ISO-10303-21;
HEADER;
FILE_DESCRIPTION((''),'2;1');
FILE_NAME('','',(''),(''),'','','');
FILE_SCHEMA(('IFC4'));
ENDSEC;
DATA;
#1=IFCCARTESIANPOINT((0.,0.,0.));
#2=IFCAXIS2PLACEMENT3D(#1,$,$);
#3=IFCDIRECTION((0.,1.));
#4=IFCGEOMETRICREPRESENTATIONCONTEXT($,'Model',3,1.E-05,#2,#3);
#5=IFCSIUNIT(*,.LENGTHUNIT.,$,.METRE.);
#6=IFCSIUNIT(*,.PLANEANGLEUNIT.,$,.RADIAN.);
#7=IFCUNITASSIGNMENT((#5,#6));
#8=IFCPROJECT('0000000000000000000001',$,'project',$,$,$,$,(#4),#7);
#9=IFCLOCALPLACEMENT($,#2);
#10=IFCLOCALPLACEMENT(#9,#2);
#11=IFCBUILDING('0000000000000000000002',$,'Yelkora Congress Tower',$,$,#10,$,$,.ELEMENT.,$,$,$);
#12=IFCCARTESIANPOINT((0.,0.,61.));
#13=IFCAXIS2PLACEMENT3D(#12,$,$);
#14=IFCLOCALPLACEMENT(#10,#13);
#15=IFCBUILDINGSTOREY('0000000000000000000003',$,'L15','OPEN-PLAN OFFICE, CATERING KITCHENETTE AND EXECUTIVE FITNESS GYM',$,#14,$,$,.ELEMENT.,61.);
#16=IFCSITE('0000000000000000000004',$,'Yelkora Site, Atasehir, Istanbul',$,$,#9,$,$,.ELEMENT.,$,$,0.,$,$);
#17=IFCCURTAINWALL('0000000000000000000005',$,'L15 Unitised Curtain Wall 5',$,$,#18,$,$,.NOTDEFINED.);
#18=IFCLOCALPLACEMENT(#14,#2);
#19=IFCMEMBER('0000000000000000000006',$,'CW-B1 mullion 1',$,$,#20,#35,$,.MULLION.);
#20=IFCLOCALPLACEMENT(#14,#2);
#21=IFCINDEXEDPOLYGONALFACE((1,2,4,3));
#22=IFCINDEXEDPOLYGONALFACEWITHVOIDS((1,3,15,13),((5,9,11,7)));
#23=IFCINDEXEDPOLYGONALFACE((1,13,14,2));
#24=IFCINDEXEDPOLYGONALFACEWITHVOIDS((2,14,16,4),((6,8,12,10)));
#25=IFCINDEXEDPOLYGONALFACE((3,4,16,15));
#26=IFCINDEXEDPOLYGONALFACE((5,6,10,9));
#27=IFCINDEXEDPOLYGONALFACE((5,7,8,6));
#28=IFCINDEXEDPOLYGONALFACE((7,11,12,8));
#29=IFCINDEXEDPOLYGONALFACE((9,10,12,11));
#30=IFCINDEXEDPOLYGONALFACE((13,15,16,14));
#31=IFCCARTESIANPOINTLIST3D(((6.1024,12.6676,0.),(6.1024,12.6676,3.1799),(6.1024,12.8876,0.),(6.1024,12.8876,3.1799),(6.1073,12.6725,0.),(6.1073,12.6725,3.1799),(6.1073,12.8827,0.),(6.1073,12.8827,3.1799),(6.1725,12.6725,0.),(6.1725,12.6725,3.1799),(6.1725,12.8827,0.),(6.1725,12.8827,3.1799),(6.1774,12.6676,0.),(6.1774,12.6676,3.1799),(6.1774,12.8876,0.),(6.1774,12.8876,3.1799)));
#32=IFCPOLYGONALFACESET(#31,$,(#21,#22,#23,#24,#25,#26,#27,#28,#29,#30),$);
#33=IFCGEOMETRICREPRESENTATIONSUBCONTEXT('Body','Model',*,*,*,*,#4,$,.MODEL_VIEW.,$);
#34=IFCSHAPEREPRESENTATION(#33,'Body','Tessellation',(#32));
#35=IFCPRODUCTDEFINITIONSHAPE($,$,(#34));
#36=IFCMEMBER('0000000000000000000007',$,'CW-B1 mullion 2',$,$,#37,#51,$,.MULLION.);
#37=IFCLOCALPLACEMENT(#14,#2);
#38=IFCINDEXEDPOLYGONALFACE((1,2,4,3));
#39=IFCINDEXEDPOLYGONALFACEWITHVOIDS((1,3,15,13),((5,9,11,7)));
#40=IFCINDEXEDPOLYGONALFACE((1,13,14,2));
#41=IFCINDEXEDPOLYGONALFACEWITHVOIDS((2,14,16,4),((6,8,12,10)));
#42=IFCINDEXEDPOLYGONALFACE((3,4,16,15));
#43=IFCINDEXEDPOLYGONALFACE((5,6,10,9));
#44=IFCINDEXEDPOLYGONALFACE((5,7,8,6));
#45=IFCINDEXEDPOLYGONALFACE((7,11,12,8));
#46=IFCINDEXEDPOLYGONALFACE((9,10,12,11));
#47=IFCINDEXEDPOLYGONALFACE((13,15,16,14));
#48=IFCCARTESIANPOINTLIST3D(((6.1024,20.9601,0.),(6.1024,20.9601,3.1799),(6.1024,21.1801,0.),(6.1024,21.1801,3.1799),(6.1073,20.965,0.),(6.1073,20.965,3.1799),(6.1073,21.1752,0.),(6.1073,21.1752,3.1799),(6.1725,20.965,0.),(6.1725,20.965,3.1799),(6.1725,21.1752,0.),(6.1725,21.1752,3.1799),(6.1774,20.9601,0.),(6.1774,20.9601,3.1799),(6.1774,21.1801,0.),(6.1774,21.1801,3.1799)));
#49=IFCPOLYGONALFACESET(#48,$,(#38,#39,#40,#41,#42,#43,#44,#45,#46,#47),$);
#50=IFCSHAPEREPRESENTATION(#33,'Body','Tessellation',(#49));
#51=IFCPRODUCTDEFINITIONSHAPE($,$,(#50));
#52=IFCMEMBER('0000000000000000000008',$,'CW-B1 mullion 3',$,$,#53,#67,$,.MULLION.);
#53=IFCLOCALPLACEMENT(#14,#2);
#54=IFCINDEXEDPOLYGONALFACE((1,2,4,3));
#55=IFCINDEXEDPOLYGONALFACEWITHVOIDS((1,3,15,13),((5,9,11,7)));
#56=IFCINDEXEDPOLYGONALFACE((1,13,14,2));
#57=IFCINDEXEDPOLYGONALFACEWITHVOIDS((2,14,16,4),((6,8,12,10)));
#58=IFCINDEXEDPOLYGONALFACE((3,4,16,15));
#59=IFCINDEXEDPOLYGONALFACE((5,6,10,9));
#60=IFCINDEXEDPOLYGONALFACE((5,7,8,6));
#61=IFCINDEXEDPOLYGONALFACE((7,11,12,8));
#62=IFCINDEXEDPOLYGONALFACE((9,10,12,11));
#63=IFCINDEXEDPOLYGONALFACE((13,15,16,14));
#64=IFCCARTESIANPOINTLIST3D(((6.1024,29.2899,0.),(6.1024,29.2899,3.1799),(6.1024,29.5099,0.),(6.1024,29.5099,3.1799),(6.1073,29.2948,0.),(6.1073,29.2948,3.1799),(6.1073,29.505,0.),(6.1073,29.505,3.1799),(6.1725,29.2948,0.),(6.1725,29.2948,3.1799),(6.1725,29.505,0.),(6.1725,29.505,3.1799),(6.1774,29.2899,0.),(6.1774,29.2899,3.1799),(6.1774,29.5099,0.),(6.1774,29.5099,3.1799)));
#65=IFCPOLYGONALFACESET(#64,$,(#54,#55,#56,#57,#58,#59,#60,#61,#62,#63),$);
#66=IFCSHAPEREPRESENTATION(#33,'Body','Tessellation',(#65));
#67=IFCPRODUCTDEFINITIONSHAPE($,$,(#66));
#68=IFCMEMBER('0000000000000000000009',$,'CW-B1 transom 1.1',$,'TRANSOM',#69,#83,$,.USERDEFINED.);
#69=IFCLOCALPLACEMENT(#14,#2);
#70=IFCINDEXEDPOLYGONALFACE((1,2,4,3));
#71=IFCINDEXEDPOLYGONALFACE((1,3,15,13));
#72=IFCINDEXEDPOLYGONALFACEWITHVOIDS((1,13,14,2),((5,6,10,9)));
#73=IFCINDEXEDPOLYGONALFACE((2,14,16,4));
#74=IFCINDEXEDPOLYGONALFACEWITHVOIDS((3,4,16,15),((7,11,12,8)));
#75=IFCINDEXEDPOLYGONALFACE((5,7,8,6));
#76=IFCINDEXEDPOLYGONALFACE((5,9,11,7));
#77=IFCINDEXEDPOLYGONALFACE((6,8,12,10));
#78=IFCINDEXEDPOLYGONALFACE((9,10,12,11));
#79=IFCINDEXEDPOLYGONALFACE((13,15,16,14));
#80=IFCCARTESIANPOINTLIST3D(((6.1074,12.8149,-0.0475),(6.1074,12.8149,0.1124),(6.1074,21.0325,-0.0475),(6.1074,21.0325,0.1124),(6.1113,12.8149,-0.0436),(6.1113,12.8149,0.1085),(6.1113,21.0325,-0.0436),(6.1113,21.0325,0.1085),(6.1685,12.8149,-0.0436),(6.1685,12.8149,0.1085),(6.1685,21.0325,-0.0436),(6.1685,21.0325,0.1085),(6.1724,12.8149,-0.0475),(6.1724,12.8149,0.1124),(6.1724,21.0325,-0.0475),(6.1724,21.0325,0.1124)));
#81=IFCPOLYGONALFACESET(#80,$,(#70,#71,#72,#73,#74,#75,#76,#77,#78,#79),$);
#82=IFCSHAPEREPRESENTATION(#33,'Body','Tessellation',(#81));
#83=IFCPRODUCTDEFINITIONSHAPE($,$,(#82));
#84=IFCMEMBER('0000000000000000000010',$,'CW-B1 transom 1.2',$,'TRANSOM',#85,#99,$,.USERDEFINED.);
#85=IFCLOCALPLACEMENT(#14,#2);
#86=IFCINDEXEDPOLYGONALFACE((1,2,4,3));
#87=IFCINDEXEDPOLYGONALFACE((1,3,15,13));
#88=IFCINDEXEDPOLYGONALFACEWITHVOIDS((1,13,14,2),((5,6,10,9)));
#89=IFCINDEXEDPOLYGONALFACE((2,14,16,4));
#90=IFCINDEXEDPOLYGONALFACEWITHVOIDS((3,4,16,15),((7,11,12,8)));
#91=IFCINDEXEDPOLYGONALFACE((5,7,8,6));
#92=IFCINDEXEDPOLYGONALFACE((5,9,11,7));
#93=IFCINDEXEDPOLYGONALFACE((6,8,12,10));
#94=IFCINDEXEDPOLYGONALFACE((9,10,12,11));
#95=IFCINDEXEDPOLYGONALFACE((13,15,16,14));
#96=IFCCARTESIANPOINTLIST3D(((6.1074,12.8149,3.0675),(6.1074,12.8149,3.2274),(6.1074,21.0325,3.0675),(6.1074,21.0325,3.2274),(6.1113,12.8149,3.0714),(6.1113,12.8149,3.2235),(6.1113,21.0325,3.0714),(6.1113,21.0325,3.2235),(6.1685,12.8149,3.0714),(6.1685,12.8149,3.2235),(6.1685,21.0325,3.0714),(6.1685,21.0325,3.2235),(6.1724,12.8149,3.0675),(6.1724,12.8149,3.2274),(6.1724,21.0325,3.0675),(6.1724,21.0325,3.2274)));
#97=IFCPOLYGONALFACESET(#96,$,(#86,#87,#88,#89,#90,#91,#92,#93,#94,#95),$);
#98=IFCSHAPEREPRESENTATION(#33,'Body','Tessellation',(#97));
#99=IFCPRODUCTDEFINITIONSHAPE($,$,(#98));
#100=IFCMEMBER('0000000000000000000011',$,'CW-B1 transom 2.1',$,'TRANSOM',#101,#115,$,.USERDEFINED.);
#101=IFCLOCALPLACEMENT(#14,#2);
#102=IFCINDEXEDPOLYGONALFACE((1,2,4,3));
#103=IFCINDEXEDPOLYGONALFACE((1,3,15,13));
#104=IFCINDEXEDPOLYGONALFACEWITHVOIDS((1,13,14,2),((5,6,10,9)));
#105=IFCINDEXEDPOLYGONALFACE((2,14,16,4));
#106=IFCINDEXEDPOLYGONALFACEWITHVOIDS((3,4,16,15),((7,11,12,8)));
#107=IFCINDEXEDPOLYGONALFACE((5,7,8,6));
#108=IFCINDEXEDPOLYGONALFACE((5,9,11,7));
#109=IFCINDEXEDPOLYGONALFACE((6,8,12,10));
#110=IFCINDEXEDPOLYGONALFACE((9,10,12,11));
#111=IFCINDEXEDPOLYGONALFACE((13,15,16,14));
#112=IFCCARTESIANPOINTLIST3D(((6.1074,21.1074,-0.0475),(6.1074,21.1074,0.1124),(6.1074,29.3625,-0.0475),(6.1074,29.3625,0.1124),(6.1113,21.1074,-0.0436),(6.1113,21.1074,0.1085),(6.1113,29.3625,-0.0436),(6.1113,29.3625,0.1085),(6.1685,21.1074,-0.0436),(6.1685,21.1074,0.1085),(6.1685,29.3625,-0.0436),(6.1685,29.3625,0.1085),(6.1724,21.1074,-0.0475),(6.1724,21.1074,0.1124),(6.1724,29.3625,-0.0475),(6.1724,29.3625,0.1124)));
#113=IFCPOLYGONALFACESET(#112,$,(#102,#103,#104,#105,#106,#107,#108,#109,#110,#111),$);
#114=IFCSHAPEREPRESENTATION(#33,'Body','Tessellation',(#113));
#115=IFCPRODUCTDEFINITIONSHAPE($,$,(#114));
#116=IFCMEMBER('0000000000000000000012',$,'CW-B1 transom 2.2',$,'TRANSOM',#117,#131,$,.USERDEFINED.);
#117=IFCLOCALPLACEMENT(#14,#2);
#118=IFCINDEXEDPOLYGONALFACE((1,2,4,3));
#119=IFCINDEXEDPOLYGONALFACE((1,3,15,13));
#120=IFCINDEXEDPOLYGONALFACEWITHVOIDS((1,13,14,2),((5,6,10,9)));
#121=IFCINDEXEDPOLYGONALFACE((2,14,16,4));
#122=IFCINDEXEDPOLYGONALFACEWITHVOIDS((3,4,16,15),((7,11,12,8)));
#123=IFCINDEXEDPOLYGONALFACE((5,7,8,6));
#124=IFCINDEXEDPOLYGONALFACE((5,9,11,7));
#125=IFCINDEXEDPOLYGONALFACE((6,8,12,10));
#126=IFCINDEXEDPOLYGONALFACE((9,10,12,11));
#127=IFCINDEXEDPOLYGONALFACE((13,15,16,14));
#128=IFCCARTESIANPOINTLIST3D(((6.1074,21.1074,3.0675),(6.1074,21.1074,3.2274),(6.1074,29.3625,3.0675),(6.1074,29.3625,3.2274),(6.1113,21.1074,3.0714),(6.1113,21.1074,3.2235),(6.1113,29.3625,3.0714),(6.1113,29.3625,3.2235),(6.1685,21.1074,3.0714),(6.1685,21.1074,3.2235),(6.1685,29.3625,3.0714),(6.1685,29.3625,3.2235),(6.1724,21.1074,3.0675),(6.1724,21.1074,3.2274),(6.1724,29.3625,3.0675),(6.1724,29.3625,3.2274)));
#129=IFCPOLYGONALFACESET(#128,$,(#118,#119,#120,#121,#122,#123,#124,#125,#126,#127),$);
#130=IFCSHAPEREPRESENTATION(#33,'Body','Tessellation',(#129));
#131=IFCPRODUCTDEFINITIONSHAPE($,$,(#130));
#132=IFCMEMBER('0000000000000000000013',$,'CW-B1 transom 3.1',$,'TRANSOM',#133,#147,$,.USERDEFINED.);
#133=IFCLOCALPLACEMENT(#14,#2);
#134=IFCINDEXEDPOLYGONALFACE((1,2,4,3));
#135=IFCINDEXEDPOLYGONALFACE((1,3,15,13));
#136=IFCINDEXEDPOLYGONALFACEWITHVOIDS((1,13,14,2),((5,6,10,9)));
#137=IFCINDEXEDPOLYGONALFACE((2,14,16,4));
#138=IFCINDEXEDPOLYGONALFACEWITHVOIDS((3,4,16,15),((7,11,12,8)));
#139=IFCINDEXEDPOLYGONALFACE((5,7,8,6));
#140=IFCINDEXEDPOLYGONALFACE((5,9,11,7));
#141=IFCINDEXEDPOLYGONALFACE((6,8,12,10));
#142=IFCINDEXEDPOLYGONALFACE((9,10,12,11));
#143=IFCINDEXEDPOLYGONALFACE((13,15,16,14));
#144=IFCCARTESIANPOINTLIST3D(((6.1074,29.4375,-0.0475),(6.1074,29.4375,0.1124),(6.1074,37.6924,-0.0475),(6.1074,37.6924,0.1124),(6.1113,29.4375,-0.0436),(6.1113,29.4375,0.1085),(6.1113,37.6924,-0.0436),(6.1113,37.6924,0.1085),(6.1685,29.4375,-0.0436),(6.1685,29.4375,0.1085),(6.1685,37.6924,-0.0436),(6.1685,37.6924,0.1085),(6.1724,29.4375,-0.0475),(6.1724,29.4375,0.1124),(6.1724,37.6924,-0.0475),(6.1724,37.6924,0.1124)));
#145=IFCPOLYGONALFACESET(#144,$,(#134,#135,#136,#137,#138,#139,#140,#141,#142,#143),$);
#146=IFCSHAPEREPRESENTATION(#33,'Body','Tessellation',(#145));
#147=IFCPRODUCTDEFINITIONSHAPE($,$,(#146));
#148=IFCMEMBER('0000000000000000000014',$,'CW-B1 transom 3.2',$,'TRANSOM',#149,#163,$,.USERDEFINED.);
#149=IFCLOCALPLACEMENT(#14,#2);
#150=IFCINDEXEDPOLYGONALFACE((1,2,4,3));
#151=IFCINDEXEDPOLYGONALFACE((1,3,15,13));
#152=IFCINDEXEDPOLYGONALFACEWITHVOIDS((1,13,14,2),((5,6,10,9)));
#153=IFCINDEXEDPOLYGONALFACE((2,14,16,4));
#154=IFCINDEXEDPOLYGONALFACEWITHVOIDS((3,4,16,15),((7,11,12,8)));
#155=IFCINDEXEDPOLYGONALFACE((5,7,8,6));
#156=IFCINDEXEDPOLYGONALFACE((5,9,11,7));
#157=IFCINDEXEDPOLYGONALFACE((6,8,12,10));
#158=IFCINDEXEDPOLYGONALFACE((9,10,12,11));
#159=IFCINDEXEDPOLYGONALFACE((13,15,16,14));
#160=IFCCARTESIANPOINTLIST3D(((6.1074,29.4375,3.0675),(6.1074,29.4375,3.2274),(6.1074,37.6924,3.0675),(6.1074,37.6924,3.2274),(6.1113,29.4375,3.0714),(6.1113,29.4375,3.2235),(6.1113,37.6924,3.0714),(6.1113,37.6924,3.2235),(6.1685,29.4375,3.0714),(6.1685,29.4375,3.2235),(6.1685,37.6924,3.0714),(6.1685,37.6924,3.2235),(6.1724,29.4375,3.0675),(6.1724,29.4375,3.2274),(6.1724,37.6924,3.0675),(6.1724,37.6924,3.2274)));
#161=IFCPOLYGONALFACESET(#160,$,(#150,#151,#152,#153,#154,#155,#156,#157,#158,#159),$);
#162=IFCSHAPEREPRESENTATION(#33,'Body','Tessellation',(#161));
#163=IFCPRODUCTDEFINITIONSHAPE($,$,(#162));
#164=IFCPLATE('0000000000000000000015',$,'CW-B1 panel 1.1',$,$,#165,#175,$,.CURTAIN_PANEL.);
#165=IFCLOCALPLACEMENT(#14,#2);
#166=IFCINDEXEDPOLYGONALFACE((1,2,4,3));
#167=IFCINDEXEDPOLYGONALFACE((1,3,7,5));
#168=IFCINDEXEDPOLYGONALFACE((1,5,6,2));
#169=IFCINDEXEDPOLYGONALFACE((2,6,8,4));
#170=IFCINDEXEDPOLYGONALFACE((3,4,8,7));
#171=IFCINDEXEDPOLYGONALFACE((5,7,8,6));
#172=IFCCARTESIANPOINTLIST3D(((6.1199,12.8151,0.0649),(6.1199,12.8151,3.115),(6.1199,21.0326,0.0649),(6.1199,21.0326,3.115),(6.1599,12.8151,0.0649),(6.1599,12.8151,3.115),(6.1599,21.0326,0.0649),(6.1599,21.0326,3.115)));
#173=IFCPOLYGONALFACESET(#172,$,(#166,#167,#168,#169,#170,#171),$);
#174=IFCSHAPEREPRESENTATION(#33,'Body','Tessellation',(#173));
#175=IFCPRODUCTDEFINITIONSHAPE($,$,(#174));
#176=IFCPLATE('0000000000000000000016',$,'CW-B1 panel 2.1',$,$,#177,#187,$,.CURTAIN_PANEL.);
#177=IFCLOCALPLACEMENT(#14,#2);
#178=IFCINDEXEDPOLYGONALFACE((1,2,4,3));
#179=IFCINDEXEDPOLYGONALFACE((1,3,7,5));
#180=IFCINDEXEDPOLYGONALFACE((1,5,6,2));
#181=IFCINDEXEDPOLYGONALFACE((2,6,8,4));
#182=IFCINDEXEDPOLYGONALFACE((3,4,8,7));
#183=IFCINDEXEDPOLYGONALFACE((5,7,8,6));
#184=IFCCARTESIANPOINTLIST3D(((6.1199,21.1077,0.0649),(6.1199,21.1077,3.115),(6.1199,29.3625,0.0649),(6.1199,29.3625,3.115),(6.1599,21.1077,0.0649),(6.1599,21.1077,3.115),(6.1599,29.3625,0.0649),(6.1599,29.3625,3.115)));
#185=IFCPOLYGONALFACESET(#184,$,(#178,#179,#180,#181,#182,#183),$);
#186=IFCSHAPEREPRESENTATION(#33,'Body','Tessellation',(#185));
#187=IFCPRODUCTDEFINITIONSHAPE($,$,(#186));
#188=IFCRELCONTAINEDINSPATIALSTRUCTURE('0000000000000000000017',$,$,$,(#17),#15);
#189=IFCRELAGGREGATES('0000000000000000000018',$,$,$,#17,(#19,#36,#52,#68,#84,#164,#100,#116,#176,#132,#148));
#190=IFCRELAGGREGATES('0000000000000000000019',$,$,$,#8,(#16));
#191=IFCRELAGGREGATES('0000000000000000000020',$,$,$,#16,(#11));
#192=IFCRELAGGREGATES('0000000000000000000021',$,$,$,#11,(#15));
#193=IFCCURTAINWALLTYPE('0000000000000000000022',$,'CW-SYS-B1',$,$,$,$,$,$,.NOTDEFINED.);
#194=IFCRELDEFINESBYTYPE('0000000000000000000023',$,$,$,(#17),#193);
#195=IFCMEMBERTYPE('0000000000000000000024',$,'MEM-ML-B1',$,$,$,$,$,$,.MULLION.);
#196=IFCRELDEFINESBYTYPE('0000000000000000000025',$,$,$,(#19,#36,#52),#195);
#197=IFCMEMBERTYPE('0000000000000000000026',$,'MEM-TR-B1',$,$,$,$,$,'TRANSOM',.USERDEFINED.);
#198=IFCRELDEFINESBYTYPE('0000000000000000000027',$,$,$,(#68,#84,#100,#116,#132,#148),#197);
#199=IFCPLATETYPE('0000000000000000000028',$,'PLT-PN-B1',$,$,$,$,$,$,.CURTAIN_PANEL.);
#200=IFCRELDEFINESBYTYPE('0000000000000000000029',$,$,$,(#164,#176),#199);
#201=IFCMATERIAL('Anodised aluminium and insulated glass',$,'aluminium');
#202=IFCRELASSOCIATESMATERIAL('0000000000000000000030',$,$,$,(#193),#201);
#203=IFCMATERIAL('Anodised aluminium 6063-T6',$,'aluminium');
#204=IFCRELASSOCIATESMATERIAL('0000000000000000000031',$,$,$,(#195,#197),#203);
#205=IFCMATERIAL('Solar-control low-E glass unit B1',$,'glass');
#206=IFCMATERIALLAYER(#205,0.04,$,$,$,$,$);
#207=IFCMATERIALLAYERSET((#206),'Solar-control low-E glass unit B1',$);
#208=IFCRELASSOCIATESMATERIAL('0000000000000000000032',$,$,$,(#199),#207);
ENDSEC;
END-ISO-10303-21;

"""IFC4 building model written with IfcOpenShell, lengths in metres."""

from ifc_helpers import new_model, si_unit, direction, frame, origin, origin_2d, place, context, subcontext, project, spatial, rectangle, hollow_rectangle, extrude, material, layer, layer_set, material_profile, profile_set, type_object, element, aggregate, save


model = new_model("IFC4")

# Units and contexts
model_context = context("Model", 3, precision=1e-05, world=origin(), true_north=direction((0.0, 1.0)))
body_context = subcontext(model_context, "Body", "Model", "MODEL_VIEW")
ifc_project = project(units=[si_unit("LENGTHUNIT", "METRE"), si_unit("PLANEANGLEUNIT", "RADIAN")], contexts=[model_context])

# Site, building, storey
site_placement = place(None, origin())
site = spatial("IfcSite", under=ifc_project, at=site_placement, Name="Yelkora Site, Atasehir, Istanbul", CompositionType="ELEMENT", RefElevation=0.0)
building_placement = place(site_placement, origin())
building = spatial("IfcBuilding", under=site, at=building_placement, Name="Yelkora Congress Tower", CompositionType="ELEMENT")
storey_placement = place(building_placement, frame((0.0, 0.0, 61.0)))
storey = spatial("IfcBuildingStorey", under=building, at=storey_placement, Name="L15", Description="OPEN-PLAN OFFICE, CATERING KITCHENETTE AND EXECUTIVE FITNESS GYM", CompositionType="ELEMENT", Elevation=61.0)

# Curtain wall, members, plates
ifc_material_1 = material(Name="Anodised aluminium and insulated glass", Category="aluminium")
curtain_wall_type = type_object("IfcCurtainWallType", Name="CW-SYS-B1", PredefinedType="NOTDEFINED", material=ifc_material_1)
curtain_wall_placement = place(storey_placement, origin())
curtain_wall = element("IfcCurtainWall", 1, at=curtain_wall_placement, inside=storey, type_object=curtain_wall_type, Name="L15 Unitised Curtain Wall 5", PredefinedType="NOTDEFINED")
ifc_material_2 = material(Name="Anodised aluminium 6063-T6", Category="aluminium")
ifc_material_profile_1 = material_profile(ifc_material_2, hollow_rectangle(XDim=0.075, YDim=0.22, WallThickness=0.0049, at=origin_2d()), Name="ALU 75x220x5")
ifc_profile_set_1 = profile_set([ifc_material_profile_1], Name="Anodised aluminium 6063-T6")
member_type_1 = type_object("IfcMemberType", Name="MEM-ML-B1", PredefinedType="MULLION", material=ifc_profile_set_1)
member_1_placement = place(storey_placement, frame((6.1399, 12.7776, 0.0), z_axis=(0.0, 0.0, 1.0), x_axis=(-1.0, 0.0, 0.0)))
member_1 = element("IfcMember", 2, at=member_1_placement, type_object=member_type_1, Name="CW-B1 mullion 1", PredefinedType="MULLION", context=body_context, shape_type="SweptSolid", body=[
    extrude(hollow_rectangle(XDim=0.075, YDim=0.22, WallThickness=0.0049, at=origin_2d()), origin(), (0.0, 0.0, 1.0), 3.1799),
])
member_2_placement = place(storey_placement, frame((6.1399, 21.0701, 0.0), z_axis=(0.0, 0.0, 1.0), x_axis=(-1.0, 0.0, 0.0)))
member_2 = element("IfcMember", 3, at=member_2_placement, type_object=member_type_1, Name="CW-B1 mullion 2", PredefinedType="MULLION", context=body_context, shape_type="SweptSolid", body=[
    extrude(hollow_rectangle(XDim=0.075, YDim=0.22, WallThickness=0.0049, at=origin_2d()), origin(), (0.0, 0.0, 1.0), 3.1799),
])
member_3_placement = place(storey_placement, frame((6.1399, 29.3999, 0.0), z_axis=(0.0, 0.0, 1.0), x_axis=(-1.0, 0.0, 0.0)))
member_3 = element("IfcMember", 4, at=member_3_placement, type_object=member_type_1, Name="CW-B1 mullion 3", PredefinedType="MULLION", context=body_context, shape_type="SweptSolid", body=[
    extrude(hollow_rectangle(XDim=0.075, YDim=0.22, WallThickness=0.0049, at=origin_2d()), origin(), (0.0, 0.0, 1.0), 3.1799),
])
ifc_material_profile_2 = material_profile(ifc_material_2, hollow_rectangle(XDim=0.0649, YDim=0.1599, WallThickness=0.0039, at=origin_2d()), Name="ALU 65x160x4")
ifc_profile_set_2 = profile_set([ifc_material_profile_2], Name="Anodised aluminium 6063-T6")
member_type_2 = type_object("IfcMemberType", Name="MEM-TR-B1", ElementType="TRANSOM", PredefinedType="USERDEFINED", material=ifc_profile_set_2)
member_4_placement = place(storey_placement, frame((6.1399, 12.8149, 0.0325), z_axis=(0.0, 1.0, 0.0), x_axis=(-1.0, 0.0, 0.0)))
member_4 = element("IfcMember", 5, at=member_4_placement, type_object=member_type_2, Name="CW-B1 transom 1.1", ObjectType="TRANSOM", PredefinedType="USERDEFINED", context=body_context, shape_type="SweptSolid", body=[
    extrude(hollow_rectangle(XDim=0.0649, YDim=0.1599, WallThickness=0.0039, at=origin_2d()), origin(), (0.0, 0.0, 1.0), 8.2175),
])
member_5_placement = place(storey_placement, frame((6.1399, 12.8149, 3.1475), z_axis=(0.0, 1.0, 0.0), x_axis=(-1.0, 0.0, 0.0)))
member_5 = element("IfcMember", 6, at=member_5_placement, type_object=member_type_2, Name="CW-B1 transom 1.2", ObjectType="TRANSOM", PredefinedType="USERDEFINED", context=body_context, shape_type="SweptSolid", body=[
    extrude(hollow_rectangle(XDim=0.0649, YDim=0.1599, WallThickness=0.0039, at=origin_2d()), origin(), (0.0, 0.0, 1.0), 8.2175),
])
member_6_placement = place(storey_placement, frame((6.1399, 21.1074, 0.0325), z_axis=(0.0, 1.0, 0.0), x_axis=(-1.0, 0.0, 0.0)))
member_6 = element("IfcMember", 7, at=member_6_placement, type_object=member_type_2, Name="CW-B1 transom 2.1", ObjectType="TRANSOM", PredefinedType="USERDEFINED", context=body_context, shape_type="SweptSolid", body=[
    extrude(hollow_rectangle(XDim=0.0649, YDim=0.1599, WallThickness=0.0039, at=origin_2d()), origin(), (0.0, 0.0, 1.0), 8.2551),
])
member_7_placement = place(storey_placement, frame((6.1399, 21.1074, 3.1475), z_axis=(0.0, 1.0, 0.0), x_axis=(-1.0, 0.0, 0.0)))
member_7 = element("IfcMember", 8, at=member_7_placement, type_object=member_type_2, Name="CW-B1 transom 2.2", ObjectType="TRANSOM", PredefinedType="USERDEFINED", context=body_context, shape_type="SweptSolid", body=[
    extrude(hollow_rectangle(XDim=0.0649, YDim=0.1599, WallThickness=0.0039, at=origin_2d()), origin(), (0.0, 0.0, 1.0), 8.2551),
])
member_8_placement = place(storey_placement, frame((6.1399, 29.4375, 0.0325), z_axis=(0.0, 1.0, 0.0), x_axis=(-1.0, 0.0, 0.0)))
member_8 = element("IfcMember", 9, at=member_8_placement, type_object=member_type_2, Name="CW-B1 transom 3.1", ObjectType="TRANSOM", PredefinedType="USERDEFINED", context=body_context, shape_type="SweptSolid", body=[
    extrude(hollow_rectangle(XDim=0.0649, YDim=0.1599, WallThickness=0.0039, at=origin_2d()), origin(), (0.0, 0.0, 1.0), 8.2549),
])
member_9_placement = place(storey_placement, frame((6.1399, 29.4375, 3.1475), z_axis=(0.0, 1.0, 0.0), x_axis=(-1.0, 0.0, 0.0)))
member_9 = element("IfcMember", 10, at=member_9_placement, type_object=member_type_2, Name="CW-B1 transom 3.2", ObjectType="TRANSOM", PredefinedType="USERDEFINED", context=body_context, shape_type="SweptSolid", body=[
    extrude(hollow_rectangle(XDim=0.0649, YDim=0.1599, WallThickness=0.0039, at=origin_2d()), origin(), (0.0, 0.0, 1.0), 8.2549),
])
ifc_material_3 = material(Name="Solar-control low-E glass unit B1", Category="glass")
ifc_layer_1 = layer(ifc_material_3, 0.04)
ifc_layer_set_1 = layer_set([ifc_layer_1], Name="Solar-control low-E glass unit B1")
plate_type = type_object("IfcPlateType", Name="PLT-PN-B1", PredefinedType="CURTAIN_PANEL", material=ifc_layer_set_1)
plate_1_placement = place(storey_placement, frame((6.1399, 16.9238, 0.0649), z_axis=(0.0, 0.0, 1.0), x_axis=(0.0, 1.0, 0.0)))
plate_1 = element("IfcPlate", 11, at=plate_1_placement, type_object=plate_type, Name="CW-B1 panel 1.1", PredefinedType="CURTAIN_PANEL", context=body_context, shape_type="SweptSolid", body=[
    extrude(rectangle(XDim=8.2175, YDim=0.04, at=origin_2d()), origin(), (0.0, 0.0, 1.0), 3.05),
])
plate_2_placement = place(storey_placement, frame((6.1399, 25.2351, 0.0649), z_axis=(0.0, 0.0, 1.0), x_axis=(0.0, 1.0, 0.0)))
plate_2 = element("IfcPlate", 12, at=plate_2_placement, type_object=plate_type, Name="CW-B1 panel 2.1", PredefinedType="CURTAIN_PANEL", context=body_context, shape_type="SweptSolid", body=[
    extrude(rectangle(XDim=8.2549, YDim=0.04, at=origin_2d()), origin(), (0.0, 0.0, 1.0), 3.05),
])
aggregate(curtain_wall, [member_1, member_2, member_3, member_4, member_5, plate_1, member_6, member_7, plate_2, member_8, member_9])

save(model, "model.ifc")
